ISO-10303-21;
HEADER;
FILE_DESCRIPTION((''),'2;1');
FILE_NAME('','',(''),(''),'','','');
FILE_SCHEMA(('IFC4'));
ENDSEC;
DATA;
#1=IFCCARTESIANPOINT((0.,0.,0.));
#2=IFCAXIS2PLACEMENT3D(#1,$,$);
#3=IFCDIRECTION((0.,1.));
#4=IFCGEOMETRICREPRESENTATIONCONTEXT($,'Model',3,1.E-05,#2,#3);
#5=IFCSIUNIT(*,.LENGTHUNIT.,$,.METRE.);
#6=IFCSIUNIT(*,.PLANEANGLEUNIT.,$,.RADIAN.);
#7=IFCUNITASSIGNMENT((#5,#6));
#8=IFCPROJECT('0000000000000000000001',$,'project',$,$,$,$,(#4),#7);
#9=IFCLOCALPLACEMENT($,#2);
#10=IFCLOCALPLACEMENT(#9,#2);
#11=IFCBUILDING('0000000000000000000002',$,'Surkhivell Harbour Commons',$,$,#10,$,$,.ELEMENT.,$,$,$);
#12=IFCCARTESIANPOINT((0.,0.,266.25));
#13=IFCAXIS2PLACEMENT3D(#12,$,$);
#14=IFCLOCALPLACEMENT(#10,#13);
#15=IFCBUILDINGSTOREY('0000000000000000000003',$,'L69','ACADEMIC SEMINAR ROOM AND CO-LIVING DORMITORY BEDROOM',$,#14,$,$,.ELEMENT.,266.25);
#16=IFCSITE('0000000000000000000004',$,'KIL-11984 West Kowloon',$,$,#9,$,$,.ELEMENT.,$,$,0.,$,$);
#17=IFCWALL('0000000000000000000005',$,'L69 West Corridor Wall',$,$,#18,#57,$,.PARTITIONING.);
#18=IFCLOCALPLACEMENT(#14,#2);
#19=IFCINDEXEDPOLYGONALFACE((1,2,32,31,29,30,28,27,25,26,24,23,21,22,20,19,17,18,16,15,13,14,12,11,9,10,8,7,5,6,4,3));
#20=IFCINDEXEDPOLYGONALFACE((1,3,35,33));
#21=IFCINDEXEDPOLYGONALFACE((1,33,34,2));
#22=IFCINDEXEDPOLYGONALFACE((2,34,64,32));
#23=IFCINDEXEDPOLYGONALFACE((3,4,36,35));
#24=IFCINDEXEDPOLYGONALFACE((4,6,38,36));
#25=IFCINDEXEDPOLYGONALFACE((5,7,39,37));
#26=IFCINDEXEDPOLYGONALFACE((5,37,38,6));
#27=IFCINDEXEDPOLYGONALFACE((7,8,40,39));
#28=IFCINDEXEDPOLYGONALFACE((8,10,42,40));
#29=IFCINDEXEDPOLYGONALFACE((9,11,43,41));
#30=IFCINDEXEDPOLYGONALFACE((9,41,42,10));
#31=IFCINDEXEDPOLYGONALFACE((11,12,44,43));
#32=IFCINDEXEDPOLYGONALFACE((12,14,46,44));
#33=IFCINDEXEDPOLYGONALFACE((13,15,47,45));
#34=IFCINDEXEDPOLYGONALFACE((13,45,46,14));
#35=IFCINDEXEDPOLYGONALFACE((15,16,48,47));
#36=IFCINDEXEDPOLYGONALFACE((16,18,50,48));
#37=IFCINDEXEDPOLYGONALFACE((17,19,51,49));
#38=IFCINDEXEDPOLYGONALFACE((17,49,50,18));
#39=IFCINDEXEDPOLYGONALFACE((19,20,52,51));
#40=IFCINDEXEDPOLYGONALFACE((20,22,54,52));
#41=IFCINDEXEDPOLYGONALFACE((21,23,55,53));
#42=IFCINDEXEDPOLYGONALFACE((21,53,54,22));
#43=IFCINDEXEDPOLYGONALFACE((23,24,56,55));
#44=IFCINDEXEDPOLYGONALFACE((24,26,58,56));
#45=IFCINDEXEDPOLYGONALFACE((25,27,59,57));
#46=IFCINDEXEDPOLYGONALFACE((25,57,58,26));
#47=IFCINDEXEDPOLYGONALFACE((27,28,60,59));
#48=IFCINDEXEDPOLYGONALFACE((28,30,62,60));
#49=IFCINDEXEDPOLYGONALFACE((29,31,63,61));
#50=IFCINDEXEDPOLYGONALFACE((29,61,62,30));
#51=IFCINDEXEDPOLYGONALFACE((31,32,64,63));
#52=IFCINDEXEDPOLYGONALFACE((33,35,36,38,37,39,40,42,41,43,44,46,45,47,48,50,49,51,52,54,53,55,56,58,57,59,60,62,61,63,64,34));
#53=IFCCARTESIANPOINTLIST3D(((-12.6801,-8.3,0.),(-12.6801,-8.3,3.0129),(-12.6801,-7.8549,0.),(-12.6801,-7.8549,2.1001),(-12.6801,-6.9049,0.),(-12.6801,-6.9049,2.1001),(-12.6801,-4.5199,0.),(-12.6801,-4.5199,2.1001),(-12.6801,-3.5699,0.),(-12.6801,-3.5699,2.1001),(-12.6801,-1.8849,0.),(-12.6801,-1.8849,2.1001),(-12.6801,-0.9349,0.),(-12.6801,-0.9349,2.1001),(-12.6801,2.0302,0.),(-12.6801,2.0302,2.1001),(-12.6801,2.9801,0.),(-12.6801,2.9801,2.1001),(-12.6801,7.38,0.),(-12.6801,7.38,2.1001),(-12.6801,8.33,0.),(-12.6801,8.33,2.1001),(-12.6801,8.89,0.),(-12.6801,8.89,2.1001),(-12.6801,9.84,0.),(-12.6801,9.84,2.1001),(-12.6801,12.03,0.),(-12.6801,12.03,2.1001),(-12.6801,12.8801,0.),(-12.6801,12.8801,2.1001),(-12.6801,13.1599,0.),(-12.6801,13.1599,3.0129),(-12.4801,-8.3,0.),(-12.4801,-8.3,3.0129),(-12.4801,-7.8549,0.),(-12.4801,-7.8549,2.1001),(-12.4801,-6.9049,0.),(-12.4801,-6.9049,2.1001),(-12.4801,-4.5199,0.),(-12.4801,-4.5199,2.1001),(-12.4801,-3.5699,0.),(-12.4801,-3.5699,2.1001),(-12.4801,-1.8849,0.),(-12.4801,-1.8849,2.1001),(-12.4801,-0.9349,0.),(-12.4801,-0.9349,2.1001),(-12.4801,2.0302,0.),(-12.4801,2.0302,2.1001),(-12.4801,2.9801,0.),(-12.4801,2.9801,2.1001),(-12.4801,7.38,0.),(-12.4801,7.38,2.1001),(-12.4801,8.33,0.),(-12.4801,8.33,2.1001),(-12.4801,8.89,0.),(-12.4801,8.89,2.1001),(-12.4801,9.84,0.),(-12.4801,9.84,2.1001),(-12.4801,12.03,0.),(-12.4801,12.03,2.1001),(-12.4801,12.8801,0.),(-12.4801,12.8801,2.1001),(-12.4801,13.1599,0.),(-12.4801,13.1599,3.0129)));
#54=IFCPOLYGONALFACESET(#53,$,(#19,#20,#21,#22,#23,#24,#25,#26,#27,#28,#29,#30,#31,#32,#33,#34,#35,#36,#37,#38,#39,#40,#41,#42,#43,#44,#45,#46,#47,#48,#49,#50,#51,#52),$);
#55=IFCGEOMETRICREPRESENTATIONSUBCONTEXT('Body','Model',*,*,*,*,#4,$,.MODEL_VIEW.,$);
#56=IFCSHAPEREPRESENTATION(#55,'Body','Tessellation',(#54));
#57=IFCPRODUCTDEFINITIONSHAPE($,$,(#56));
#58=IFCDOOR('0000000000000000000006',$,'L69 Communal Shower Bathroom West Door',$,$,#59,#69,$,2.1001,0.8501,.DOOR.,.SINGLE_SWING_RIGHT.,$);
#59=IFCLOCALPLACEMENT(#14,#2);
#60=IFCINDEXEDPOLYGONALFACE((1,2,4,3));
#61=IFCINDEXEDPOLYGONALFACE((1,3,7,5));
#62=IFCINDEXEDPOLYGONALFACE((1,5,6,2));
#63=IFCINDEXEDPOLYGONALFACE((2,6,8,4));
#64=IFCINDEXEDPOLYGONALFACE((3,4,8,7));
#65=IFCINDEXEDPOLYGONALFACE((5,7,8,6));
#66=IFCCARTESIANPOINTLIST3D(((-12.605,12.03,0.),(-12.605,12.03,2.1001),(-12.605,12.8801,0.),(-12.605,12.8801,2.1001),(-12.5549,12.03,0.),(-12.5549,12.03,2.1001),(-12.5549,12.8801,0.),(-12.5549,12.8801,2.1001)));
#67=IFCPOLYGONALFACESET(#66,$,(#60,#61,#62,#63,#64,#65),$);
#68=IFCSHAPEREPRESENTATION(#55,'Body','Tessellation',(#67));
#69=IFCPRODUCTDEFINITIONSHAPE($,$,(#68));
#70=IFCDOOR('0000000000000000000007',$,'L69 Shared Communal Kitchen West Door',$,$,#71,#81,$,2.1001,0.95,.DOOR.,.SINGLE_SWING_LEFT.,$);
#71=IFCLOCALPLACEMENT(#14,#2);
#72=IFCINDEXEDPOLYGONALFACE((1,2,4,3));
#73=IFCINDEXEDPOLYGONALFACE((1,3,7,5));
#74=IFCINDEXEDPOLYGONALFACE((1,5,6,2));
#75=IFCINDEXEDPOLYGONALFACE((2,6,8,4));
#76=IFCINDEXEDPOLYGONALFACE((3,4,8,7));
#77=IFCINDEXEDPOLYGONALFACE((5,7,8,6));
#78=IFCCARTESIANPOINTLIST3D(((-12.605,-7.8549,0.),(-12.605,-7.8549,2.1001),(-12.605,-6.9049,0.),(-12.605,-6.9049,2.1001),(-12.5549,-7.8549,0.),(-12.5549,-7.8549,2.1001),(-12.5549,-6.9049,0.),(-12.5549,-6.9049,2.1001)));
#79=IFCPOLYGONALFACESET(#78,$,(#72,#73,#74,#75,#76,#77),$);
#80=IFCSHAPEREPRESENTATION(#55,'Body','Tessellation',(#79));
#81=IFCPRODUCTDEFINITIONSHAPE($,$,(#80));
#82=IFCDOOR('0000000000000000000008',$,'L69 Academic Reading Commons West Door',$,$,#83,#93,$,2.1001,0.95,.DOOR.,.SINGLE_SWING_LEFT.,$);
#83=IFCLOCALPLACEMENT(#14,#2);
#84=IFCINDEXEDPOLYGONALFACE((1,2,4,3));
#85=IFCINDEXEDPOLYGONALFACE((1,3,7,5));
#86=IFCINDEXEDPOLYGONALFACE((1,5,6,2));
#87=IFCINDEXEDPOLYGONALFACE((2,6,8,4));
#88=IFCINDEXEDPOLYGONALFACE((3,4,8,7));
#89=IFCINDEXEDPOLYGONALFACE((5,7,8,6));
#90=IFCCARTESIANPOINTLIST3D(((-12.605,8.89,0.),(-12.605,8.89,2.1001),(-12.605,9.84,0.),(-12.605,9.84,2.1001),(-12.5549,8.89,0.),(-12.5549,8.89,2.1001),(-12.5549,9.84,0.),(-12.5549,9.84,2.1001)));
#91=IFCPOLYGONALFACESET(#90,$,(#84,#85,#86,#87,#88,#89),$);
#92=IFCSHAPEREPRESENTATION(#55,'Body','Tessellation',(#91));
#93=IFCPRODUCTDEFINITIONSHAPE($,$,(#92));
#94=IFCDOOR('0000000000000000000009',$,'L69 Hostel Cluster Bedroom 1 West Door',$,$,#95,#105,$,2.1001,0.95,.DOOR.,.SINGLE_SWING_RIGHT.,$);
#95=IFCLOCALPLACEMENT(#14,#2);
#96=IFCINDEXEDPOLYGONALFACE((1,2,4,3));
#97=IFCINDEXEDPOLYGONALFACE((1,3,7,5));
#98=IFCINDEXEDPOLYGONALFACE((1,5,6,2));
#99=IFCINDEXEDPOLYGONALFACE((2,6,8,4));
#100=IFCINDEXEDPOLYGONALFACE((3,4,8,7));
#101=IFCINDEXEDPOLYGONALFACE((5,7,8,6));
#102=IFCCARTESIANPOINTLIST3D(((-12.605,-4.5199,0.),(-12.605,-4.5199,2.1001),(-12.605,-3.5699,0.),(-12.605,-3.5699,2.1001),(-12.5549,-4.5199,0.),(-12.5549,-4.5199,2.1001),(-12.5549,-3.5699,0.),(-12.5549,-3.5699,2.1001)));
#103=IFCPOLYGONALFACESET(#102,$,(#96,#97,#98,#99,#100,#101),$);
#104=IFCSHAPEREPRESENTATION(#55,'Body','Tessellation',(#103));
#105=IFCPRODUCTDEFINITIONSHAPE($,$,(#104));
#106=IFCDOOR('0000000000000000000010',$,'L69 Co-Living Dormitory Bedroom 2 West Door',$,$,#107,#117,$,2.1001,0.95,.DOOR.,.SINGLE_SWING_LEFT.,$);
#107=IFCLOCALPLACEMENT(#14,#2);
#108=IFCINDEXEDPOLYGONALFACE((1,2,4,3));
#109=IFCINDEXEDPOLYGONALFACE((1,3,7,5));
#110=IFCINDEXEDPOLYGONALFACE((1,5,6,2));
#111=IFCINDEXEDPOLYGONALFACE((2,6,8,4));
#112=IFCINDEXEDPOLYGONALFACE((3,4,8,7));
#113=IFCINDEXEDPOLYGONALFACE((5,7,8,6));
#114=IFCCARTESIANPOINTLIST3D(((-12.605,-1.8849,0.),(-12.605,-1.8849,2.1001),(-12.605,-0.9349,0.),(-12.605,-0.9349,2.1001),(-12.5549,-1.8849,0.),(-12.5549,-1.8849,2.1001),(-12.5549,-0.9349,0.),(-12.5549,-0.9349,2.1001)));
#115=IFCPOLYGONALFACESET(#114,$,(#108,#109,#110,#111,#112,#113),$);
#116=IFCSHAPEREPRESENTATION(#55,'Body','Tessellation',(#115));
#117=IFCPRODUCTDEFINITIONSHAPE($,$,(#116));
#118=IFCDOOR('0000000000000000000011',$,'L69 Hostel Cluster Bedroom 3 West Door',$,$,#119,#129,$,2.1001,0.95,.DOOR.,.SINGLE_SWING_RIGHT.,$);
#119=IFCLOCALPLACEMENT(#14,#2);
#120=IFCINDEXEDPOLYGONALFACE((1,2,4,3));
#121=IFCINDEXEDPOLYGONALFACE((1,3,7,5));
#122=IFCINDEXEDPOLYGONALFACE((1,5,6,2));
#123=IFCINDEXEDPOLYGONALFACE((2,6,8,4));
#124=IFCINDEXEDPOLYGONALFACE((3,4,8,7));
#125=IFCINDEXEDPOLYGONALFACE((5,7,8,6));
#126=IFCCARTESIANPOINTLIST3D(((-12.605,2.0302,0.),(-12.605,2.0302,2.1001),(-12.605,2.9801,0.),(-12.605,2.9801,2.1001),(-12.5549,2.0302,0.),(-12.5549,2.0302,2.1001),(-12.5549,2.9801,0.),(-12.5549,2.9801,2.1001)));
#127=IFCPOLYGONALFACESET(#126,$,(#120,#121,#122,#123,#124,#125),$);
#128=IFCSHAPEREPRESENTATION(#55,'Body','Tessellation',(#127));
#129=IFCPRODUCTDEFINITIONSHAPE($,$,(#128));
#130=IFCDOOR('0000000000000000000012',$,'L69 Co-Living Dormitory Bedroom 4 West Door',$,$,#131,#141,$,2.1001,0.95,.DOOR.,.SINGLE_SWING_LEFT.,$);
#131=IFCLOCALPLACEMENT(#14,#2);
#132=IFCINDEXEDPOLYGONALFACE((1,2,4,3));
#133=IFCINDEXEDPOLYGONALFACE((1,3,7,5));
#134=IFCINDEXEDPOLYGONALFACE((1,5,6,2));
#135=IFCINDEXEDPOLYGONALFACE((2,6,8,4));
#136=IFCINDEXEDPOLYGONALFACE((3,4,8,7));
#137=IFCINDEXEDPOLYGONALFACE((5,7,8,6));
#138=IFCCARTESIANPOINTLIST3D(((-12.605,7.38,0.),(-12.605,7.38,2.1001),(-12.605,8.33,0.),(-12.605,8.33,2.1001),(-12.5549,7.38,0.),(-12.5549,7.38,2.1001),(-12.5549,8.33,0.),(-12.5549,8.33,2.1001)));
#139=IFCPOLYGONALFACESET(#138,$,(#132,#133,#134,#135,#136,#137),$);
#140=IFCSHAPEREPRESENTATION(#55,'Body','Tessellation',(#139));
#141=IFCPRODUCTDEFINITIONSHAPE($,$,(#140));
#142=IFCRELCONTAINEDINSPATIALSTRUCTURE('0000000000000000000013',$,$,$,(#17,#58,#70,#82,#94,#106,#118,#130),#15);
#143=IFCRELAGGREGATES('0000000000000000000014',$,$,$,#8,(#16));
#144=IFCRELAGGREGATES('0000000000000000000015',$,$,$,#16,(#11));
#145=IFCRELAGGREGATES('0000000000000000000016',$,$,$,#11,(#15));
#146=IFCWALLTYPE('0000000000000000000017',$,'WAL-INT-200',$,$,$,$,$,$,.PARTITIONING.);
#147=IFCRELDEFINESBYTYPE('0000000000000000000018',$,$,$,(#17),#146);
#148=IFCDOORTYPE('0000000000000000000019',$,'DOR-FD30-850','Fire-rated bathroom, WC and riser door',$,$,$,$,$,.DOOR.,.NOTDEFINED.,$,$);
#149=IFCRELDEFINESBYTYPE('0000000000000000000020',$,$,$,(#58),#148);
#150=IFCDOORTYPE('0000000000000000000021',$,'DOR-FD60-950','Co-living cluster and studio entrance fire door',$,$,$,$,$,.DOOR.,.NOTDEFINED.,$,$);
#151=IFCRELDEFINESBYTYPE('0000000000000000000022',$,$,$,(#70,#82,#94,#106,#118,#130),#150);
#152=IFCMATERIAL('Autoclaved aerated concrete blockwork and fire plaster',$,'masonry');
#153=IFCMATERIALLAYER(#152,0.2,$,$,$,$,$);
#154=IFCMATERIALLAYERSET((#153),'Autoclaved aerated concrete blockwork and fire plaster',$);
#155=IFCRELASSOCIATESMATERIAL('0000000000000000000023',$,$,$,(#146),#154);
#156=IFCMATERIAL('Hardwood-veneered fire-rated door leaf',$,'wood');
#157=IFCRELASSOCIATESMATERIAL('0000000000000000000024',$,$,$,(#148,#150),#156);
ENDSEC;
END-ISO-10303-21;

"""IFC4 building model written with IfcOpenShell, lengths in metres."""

from ifc_helpers import new_model, si_unit, direction, frame, frame_2d, origin, place, context, subcontext, project, spatial, rectangle, extrude, material, layer, layer_set, type_object, element, fill, save


model = new_model("IFC4")

# Units and contexts
model_context = context("Model", 3, precision=1e-05, world=origin(), true_north=direction((0.0, 1.0)))
body_context = subcontext(model_context, "Body", "Model", "MODEL_VIEW")
ifc_project = project(units=[si_unit("LENGTHUNIT", "METRE"), si_unit("PLANEANGLEUNIT", "RADIAN")], contexts=[model_context])

# Site, building, storey
site_placement = place(None, origin())
site = spatial("IfcSite", under=ifc_project, at=site_placement, Name="KIL-11984 West Kowloon", CompositionType="ELEMENT", RefElevation=0.0)
building_placement = place(site_placement, origin())
building = spatial("IfcBuilding", under=site, at=building_placement, Name="Surkhivell Harbour Commons", CompositionType="ELEMENT")
storey_placement = place(building_placement, frame((0.0, 0.0, 266.25)))
storey = spatial("IfcBuildingStorey", under=building, at=storey_placement, Name="L69", Description="ACADEMIC SEMINAR ROOM AND CO-LIVING DORMITORY BEDROOM", CompositionType="ELEMENT", Elevation=266.25)

# Wall, openings, doors
ifc_material_1 = material(Name="Autoclaved aerated concrete blockwork and fire plaster", Category="masonry")
ifc_layer_1 = layer(ifc_material_1, 0.2)
ifc_layer_set_1 = layer_set([ifc_layer_1], Name="Autoclaved aerated concrete blockwork and fire plaster")
wall_type_1 = type_object("IfcWallType", Name="WAL-INT-200", PredefinedType="PARTITIONING", material=ifc_layer_set_1)
wall_1_placement = place(storey_placement, frame((-12.5801, -8.3, 0.0), z_axis=(0.0, 0.0, 1.0), x_axis=(0.0, 1.0, 0.0)))
wall_1 = element("IfcWall", 1, at=wall_1_placement, inside=storey, type_object=wall_type_1, Name="L69 West Corridor Wall", PredefinedType="PARTITIONING", context=body_context, shape_type="SweptSolid", body=[
    extrude(rectangle(XDim=21.46, YDim=0.2, at=frame_2d((10.73, 0.0))), origin(), (0.0, 0.0, 1.0), 3.0129),
])
opening_1_placement = place(wall_1_placement, frame((0.4451, 0.0, 0.0)))
opening_1 = element("IfcOpeningElement", 2, at=opening_1_placement, cuts=wall_1, PredefinedType="OPENING", context=body_context, shape_type="SweptSolid", body=[
    extrude(rectangle(XDim=0.95, YDim=2.1001, at=frame_2d((0.4751, 1.05))), frame((0.0, 0.1099, 0.0), z_axis=(0.0, -1.0, 0.0), x_axis=(1.0, 0.0, 0.0)), (0.0, 0.0, 1.0), 0.22),
])
opening_2_placement = place(wall_1_placement, frame((20.3301, 0.0, 0.0)))
opening_2 = element("IfcOpeningElement", 3, at=opening_2_placement, cuts=wall_1, PredefinedType="OPENING", context=body_context, shape_type="SweptSolid", body=[
    extrude(rectangle(XDim=0.8501, YDim=2.1001, at=frame_2d((0.425, 1.05))), frame((0.0, 0.1099, 0.0), z_axis=(0.0, -1.0, 0.0), x_axis=(1.0, 0.0, 0.0)), (0.0, 0.0, 1.0), 0.22),
])
opening_3_placement = place(wall_1_placement, frame((17.1899, 0.0, 0.0)))
opening_3 = element("IfcOpeningElement", 4, at=opening_3_placement, cuts=wall_1, PredefinedType="OPENING", context=body_context, shape_type="SweptSolid", body=[
    extrude(rectangle(XDim=0.95, YDim=2.1001, at=frame_2d((0.4751, 1.05))), frame((0.0, 0.1099, 0.0), z_axis=(0.0, -1.0, 0.0), x_axis=(1.0, 0.0, 0.0)), (0.0, 0.0, 1.0), 0.22),
])
opening_4_placement = place(wall_1_placement, frame((3.78, 0.0, 0.0)))
opening_4 = element("IfcOpeningElement", 5, at=opening_4_placement, cuts=wall_1, PredefinedType="OPENING", context=body_context, shape_type="SweptSolid", body=[
    extrude(rectangle(XDim=0.95, YDim=2.1001, at=frame_2d((0.4751, 1.05))), frame((0.0, 0.1099, 0.0), z_axis=(0.0, -1.0, 0.0), x_axis=(1.0, 0.0, 0.0)), (0.0, 0.0, 1.0), 0.22),
])
opening_5_placement = place(wall_1_placement, frame((6.415, 0.0, 0.0)))
opening_5 = element("IfcOpeningElement", 6, at=opening_5_placement, cuts=wall_1, PredefinedType="OPENING", context=body_context, shape_type="SweptSolid", body=[
    extrude(rectangle(XDim=0.95, YDim=2.1001, at=frame_2d((0.4751, 1.05))), frame((0.0, 0.1099, 0.0), z_axis=(0.0, -1.0, 0.0), x_axis=(1.0, 0.0, 0.0)), (0.0, 0.0, 1.0), 0.22),
])
opening_6_placement = place(wall_1_placement, frame((10.3301, 0.0, 0.0)))
opening_6 = element("IfcOpeningElement", 7, at=opening_6_placement, cuts=wall_1, PredefinedType="OPENING", context=body_context, shape_type="SweptSolid", body=[
    extrude(rectangle(XDim=0.95, YDim=2.1001, at=frame_2d((0.4751, 1.05))), frame((0.0, 0.1099, 0.0), z_axis=(0.0, -1.0, 0.0), x_axis=(1.0, 0.0, 0.0)), (0.0, 0.0, 1.0), 0.22),
])
opening_7_placement = place(wall_1_placement, frame((15.6799, 0.0, 0.0)))
opening_7 = element("IfcOpeningElement", 8, at=opening_7_placement, cuts=wall_1, PredefinedType="OPENING", context=body_context, shape_type="SweptSolid", body=[
    extrude(rectangle(XDim=0.95, YDim=2.1001, at=frame_2d((0.4751, 1.05))), frame((0.0, 0.1099, 0.0), z_axis=(0.0, -1.0, 0.0), x_axis=(1.0, 0.0, 0.0)), (0.0, 0.0, 1.0), 0.22),
])
ifc_material_2 = material(Name="Hardwood-veneered fire-rated door leaf", Category="wood")
door_type_1 = type_object("IfcDoorType", Name="DOR-FD30-850", Description="Fire-rated bathroom, WC and riser door", OperationType="NOTDEFINED", PredefinedType="DOOR", material=ifc_material_2)
door_1_placement = place(opening_2_placement, origin())
door_1 = element("IfcDoor", 9, at=door_1_placement, inside=storey, type_object=door_type_1, Name="L69 Communal Shower Bathroom West Door", OperationType="SINGLE_SWING_RIGHT", OverallHeight=2.1001, OverallWidth=0.8501, PredefinedType="DOOR", context=body_context, shape_type="SweptSolid", body=[
    extrude(rectangle(XDim=0.8501, YDim=2.1001, at=frame_2d((0.425, 1.05))), frame((0.0, 0.0249, 0.0), z_axis=(0.0, -1.0, 0.0), x_axis=(1.0, 0.0, 0.0)), (0.0, 0.0, 1.0), 0.05),
])
fill(opening_2, door_1)
door_type_2 = type_object("IfcDoorType", Name="DOR-FD60-950", Description="Co-living cluster and studio entrance fire door", OperationType="NOTDEFINED", PredefinedType="DOOR", material=ifc_material_2)
door_2_placement = place(opening_1_placement, origin())
door_2 = element("IfcDoor", 10, at=door_2_placement, inside=storey, type_object=door_type_2, Name="L69 Shared Communal Kitchen West Door", OperationType="SINGLE_SWING_LEFT", OverallHeight=2.1001, OverallWidth=0.95, PredefinedType="DOOR", context=body_context, shape_type="SweptSolid", body=[
    extrude(rectangle(XDim=0.95, YDim=2.1001, at=frame_2d((0.4751, 1.05))), frame((0.0, 0.0249, 0.0), z_axis=(0.0, -1.0, 0.0), x_axis=(1.0, 0.0, 0.0)), (0.0, 0.0, 1.0), 0.05),
])
fill(opening_1, door_2)
door_3_placement = place(opening_3_placement, origin())
door_3 = element("IfcDoor", 11, at=door_3_placement, inside=storey, type_object=door_type_2, Name="L69 Academic Reading Commons West Door", OperationType="SINGLE_SWING_LEFT", OverallHeight=2.1001, OverallWidth=0.95, PredefinedType="DOOR", context=body_context, shape_type="SweptSolid", body=[
    extrude(rectangle(XDim=0.95, YDim=2.1001, at=frame_2d((0.4751, 1.05))), frame((0.0, 0.0249, 0.0), z_axis=(0.0, -1.0, 0.0), x_axis=(1.0, 0.0, 0.0)), (0.0, 0.0, 1.0), 0.05),
])
fill(opening_3, door_3)
door_4_placement = place(opening_4_placement, origin())
door_4 = element("IfcDoor", 12, at=door_4_placement, inside=storey, type_object=door_type_2, Name="L69 Hostel Cluster Bedroom 1 West Door", OperationType="SINGLE_SWING_RIGHT", OverallHeight=2.1001, OverallWidth=0.95, PredefinedType="DOOR", context=body_context, shape_type="SweptSolid", body=[
    extrude(rectangle(XDim=0.95, YDim=2.1001, at=frame_2d((0.4751, 1.05))), frame((0.0, 0.0249, 0.0), z_axis=(0.0, -1.0, 0.0), x_axis=(1.0, 0.0, 0.0)), (0.0, 0.0, 1.0), 0.05),
])
fill(opening_4, door_4)
door_5_placement = place(opening_5_placement, origin())
door_5 = element("IfcDoor", 13, at=door_5_placement, inside=storey, type_object=door_type_2, Name="L69 Co-Living Dormitory Bedroom 2 West Door", OperationType="SINGLE_SWING_LEFT", OverallHeight=2.1001, OverallWidth=0.95, PredefinedType="DOOR", context=body_context, shape_type="SweptSolid", body=[
    extrude(rectangle(XDim=0.95, YDim=2.1001, at=frame_2d((0.4751, 1.05))), frame((0.0, 0.0249, 0.0), z_axis=(0.0, -1.0, 0.0), x_axis=(1.0, 0.0, 0.0)), (0.0, 0.0, 1.0), 0.05),
])
fill(opening_5, door_5)
door_6_placement = place(opening_6_placement, origin())
door_6 = element("IfcDoor", 14, at=door_6_placement, inside=storey, type_object=door_type_2, Name="L69 Hostel Cluster Bedroom 3 West Door", OperationType="SINGLE_SWING_RIGHT", OverallHeight=2.1001, OverallWidth=0.95, PredefinedType="DOOR", context=body_context, shape_type="SweptSolid", body=[
    extrude(rectangle(XDim=0.95, YDim=2.1001, at=frame_2d((0.4751, 1.05))), frame((0.0, 0.0249, 0.0), z_axis=(0.0, -1.0, 0.0), x_axis=(1.0, 0.0, 0.0)), (0.0, 0.0, 1.0), 0.05),
])
fill(opening_6, door_6)
door_7_placement = place(opening_7_placement, origin())
door_7 = element("IfcDoor", 15, at=door_7_placement, inside=storey, type_object=door_type_2, Name="L69 Co-Living Dormitory Bedroom 4 West Door", OperationType="SINGLE_SWING_LEFT", OverallHeight=2.1001, OverallWidth=0.95, PredefinedType="DOOR", context=body_context, shape_type="SweptSolid", body=[
    extrude(rectangle(XDim=0.95, YDim=2.1001, at=frame_2d((0.4751, 1.05))), frame((0.0, 0.0249, 0.0), z_axis=(0.0, -1.0, 0.0), x_axis=(1.0, 0.0, 0.0)), (0.0, 0.0, 1.0), 0.05),
])
fill(opening_7, door_7)

save(model, "model.ifc")
